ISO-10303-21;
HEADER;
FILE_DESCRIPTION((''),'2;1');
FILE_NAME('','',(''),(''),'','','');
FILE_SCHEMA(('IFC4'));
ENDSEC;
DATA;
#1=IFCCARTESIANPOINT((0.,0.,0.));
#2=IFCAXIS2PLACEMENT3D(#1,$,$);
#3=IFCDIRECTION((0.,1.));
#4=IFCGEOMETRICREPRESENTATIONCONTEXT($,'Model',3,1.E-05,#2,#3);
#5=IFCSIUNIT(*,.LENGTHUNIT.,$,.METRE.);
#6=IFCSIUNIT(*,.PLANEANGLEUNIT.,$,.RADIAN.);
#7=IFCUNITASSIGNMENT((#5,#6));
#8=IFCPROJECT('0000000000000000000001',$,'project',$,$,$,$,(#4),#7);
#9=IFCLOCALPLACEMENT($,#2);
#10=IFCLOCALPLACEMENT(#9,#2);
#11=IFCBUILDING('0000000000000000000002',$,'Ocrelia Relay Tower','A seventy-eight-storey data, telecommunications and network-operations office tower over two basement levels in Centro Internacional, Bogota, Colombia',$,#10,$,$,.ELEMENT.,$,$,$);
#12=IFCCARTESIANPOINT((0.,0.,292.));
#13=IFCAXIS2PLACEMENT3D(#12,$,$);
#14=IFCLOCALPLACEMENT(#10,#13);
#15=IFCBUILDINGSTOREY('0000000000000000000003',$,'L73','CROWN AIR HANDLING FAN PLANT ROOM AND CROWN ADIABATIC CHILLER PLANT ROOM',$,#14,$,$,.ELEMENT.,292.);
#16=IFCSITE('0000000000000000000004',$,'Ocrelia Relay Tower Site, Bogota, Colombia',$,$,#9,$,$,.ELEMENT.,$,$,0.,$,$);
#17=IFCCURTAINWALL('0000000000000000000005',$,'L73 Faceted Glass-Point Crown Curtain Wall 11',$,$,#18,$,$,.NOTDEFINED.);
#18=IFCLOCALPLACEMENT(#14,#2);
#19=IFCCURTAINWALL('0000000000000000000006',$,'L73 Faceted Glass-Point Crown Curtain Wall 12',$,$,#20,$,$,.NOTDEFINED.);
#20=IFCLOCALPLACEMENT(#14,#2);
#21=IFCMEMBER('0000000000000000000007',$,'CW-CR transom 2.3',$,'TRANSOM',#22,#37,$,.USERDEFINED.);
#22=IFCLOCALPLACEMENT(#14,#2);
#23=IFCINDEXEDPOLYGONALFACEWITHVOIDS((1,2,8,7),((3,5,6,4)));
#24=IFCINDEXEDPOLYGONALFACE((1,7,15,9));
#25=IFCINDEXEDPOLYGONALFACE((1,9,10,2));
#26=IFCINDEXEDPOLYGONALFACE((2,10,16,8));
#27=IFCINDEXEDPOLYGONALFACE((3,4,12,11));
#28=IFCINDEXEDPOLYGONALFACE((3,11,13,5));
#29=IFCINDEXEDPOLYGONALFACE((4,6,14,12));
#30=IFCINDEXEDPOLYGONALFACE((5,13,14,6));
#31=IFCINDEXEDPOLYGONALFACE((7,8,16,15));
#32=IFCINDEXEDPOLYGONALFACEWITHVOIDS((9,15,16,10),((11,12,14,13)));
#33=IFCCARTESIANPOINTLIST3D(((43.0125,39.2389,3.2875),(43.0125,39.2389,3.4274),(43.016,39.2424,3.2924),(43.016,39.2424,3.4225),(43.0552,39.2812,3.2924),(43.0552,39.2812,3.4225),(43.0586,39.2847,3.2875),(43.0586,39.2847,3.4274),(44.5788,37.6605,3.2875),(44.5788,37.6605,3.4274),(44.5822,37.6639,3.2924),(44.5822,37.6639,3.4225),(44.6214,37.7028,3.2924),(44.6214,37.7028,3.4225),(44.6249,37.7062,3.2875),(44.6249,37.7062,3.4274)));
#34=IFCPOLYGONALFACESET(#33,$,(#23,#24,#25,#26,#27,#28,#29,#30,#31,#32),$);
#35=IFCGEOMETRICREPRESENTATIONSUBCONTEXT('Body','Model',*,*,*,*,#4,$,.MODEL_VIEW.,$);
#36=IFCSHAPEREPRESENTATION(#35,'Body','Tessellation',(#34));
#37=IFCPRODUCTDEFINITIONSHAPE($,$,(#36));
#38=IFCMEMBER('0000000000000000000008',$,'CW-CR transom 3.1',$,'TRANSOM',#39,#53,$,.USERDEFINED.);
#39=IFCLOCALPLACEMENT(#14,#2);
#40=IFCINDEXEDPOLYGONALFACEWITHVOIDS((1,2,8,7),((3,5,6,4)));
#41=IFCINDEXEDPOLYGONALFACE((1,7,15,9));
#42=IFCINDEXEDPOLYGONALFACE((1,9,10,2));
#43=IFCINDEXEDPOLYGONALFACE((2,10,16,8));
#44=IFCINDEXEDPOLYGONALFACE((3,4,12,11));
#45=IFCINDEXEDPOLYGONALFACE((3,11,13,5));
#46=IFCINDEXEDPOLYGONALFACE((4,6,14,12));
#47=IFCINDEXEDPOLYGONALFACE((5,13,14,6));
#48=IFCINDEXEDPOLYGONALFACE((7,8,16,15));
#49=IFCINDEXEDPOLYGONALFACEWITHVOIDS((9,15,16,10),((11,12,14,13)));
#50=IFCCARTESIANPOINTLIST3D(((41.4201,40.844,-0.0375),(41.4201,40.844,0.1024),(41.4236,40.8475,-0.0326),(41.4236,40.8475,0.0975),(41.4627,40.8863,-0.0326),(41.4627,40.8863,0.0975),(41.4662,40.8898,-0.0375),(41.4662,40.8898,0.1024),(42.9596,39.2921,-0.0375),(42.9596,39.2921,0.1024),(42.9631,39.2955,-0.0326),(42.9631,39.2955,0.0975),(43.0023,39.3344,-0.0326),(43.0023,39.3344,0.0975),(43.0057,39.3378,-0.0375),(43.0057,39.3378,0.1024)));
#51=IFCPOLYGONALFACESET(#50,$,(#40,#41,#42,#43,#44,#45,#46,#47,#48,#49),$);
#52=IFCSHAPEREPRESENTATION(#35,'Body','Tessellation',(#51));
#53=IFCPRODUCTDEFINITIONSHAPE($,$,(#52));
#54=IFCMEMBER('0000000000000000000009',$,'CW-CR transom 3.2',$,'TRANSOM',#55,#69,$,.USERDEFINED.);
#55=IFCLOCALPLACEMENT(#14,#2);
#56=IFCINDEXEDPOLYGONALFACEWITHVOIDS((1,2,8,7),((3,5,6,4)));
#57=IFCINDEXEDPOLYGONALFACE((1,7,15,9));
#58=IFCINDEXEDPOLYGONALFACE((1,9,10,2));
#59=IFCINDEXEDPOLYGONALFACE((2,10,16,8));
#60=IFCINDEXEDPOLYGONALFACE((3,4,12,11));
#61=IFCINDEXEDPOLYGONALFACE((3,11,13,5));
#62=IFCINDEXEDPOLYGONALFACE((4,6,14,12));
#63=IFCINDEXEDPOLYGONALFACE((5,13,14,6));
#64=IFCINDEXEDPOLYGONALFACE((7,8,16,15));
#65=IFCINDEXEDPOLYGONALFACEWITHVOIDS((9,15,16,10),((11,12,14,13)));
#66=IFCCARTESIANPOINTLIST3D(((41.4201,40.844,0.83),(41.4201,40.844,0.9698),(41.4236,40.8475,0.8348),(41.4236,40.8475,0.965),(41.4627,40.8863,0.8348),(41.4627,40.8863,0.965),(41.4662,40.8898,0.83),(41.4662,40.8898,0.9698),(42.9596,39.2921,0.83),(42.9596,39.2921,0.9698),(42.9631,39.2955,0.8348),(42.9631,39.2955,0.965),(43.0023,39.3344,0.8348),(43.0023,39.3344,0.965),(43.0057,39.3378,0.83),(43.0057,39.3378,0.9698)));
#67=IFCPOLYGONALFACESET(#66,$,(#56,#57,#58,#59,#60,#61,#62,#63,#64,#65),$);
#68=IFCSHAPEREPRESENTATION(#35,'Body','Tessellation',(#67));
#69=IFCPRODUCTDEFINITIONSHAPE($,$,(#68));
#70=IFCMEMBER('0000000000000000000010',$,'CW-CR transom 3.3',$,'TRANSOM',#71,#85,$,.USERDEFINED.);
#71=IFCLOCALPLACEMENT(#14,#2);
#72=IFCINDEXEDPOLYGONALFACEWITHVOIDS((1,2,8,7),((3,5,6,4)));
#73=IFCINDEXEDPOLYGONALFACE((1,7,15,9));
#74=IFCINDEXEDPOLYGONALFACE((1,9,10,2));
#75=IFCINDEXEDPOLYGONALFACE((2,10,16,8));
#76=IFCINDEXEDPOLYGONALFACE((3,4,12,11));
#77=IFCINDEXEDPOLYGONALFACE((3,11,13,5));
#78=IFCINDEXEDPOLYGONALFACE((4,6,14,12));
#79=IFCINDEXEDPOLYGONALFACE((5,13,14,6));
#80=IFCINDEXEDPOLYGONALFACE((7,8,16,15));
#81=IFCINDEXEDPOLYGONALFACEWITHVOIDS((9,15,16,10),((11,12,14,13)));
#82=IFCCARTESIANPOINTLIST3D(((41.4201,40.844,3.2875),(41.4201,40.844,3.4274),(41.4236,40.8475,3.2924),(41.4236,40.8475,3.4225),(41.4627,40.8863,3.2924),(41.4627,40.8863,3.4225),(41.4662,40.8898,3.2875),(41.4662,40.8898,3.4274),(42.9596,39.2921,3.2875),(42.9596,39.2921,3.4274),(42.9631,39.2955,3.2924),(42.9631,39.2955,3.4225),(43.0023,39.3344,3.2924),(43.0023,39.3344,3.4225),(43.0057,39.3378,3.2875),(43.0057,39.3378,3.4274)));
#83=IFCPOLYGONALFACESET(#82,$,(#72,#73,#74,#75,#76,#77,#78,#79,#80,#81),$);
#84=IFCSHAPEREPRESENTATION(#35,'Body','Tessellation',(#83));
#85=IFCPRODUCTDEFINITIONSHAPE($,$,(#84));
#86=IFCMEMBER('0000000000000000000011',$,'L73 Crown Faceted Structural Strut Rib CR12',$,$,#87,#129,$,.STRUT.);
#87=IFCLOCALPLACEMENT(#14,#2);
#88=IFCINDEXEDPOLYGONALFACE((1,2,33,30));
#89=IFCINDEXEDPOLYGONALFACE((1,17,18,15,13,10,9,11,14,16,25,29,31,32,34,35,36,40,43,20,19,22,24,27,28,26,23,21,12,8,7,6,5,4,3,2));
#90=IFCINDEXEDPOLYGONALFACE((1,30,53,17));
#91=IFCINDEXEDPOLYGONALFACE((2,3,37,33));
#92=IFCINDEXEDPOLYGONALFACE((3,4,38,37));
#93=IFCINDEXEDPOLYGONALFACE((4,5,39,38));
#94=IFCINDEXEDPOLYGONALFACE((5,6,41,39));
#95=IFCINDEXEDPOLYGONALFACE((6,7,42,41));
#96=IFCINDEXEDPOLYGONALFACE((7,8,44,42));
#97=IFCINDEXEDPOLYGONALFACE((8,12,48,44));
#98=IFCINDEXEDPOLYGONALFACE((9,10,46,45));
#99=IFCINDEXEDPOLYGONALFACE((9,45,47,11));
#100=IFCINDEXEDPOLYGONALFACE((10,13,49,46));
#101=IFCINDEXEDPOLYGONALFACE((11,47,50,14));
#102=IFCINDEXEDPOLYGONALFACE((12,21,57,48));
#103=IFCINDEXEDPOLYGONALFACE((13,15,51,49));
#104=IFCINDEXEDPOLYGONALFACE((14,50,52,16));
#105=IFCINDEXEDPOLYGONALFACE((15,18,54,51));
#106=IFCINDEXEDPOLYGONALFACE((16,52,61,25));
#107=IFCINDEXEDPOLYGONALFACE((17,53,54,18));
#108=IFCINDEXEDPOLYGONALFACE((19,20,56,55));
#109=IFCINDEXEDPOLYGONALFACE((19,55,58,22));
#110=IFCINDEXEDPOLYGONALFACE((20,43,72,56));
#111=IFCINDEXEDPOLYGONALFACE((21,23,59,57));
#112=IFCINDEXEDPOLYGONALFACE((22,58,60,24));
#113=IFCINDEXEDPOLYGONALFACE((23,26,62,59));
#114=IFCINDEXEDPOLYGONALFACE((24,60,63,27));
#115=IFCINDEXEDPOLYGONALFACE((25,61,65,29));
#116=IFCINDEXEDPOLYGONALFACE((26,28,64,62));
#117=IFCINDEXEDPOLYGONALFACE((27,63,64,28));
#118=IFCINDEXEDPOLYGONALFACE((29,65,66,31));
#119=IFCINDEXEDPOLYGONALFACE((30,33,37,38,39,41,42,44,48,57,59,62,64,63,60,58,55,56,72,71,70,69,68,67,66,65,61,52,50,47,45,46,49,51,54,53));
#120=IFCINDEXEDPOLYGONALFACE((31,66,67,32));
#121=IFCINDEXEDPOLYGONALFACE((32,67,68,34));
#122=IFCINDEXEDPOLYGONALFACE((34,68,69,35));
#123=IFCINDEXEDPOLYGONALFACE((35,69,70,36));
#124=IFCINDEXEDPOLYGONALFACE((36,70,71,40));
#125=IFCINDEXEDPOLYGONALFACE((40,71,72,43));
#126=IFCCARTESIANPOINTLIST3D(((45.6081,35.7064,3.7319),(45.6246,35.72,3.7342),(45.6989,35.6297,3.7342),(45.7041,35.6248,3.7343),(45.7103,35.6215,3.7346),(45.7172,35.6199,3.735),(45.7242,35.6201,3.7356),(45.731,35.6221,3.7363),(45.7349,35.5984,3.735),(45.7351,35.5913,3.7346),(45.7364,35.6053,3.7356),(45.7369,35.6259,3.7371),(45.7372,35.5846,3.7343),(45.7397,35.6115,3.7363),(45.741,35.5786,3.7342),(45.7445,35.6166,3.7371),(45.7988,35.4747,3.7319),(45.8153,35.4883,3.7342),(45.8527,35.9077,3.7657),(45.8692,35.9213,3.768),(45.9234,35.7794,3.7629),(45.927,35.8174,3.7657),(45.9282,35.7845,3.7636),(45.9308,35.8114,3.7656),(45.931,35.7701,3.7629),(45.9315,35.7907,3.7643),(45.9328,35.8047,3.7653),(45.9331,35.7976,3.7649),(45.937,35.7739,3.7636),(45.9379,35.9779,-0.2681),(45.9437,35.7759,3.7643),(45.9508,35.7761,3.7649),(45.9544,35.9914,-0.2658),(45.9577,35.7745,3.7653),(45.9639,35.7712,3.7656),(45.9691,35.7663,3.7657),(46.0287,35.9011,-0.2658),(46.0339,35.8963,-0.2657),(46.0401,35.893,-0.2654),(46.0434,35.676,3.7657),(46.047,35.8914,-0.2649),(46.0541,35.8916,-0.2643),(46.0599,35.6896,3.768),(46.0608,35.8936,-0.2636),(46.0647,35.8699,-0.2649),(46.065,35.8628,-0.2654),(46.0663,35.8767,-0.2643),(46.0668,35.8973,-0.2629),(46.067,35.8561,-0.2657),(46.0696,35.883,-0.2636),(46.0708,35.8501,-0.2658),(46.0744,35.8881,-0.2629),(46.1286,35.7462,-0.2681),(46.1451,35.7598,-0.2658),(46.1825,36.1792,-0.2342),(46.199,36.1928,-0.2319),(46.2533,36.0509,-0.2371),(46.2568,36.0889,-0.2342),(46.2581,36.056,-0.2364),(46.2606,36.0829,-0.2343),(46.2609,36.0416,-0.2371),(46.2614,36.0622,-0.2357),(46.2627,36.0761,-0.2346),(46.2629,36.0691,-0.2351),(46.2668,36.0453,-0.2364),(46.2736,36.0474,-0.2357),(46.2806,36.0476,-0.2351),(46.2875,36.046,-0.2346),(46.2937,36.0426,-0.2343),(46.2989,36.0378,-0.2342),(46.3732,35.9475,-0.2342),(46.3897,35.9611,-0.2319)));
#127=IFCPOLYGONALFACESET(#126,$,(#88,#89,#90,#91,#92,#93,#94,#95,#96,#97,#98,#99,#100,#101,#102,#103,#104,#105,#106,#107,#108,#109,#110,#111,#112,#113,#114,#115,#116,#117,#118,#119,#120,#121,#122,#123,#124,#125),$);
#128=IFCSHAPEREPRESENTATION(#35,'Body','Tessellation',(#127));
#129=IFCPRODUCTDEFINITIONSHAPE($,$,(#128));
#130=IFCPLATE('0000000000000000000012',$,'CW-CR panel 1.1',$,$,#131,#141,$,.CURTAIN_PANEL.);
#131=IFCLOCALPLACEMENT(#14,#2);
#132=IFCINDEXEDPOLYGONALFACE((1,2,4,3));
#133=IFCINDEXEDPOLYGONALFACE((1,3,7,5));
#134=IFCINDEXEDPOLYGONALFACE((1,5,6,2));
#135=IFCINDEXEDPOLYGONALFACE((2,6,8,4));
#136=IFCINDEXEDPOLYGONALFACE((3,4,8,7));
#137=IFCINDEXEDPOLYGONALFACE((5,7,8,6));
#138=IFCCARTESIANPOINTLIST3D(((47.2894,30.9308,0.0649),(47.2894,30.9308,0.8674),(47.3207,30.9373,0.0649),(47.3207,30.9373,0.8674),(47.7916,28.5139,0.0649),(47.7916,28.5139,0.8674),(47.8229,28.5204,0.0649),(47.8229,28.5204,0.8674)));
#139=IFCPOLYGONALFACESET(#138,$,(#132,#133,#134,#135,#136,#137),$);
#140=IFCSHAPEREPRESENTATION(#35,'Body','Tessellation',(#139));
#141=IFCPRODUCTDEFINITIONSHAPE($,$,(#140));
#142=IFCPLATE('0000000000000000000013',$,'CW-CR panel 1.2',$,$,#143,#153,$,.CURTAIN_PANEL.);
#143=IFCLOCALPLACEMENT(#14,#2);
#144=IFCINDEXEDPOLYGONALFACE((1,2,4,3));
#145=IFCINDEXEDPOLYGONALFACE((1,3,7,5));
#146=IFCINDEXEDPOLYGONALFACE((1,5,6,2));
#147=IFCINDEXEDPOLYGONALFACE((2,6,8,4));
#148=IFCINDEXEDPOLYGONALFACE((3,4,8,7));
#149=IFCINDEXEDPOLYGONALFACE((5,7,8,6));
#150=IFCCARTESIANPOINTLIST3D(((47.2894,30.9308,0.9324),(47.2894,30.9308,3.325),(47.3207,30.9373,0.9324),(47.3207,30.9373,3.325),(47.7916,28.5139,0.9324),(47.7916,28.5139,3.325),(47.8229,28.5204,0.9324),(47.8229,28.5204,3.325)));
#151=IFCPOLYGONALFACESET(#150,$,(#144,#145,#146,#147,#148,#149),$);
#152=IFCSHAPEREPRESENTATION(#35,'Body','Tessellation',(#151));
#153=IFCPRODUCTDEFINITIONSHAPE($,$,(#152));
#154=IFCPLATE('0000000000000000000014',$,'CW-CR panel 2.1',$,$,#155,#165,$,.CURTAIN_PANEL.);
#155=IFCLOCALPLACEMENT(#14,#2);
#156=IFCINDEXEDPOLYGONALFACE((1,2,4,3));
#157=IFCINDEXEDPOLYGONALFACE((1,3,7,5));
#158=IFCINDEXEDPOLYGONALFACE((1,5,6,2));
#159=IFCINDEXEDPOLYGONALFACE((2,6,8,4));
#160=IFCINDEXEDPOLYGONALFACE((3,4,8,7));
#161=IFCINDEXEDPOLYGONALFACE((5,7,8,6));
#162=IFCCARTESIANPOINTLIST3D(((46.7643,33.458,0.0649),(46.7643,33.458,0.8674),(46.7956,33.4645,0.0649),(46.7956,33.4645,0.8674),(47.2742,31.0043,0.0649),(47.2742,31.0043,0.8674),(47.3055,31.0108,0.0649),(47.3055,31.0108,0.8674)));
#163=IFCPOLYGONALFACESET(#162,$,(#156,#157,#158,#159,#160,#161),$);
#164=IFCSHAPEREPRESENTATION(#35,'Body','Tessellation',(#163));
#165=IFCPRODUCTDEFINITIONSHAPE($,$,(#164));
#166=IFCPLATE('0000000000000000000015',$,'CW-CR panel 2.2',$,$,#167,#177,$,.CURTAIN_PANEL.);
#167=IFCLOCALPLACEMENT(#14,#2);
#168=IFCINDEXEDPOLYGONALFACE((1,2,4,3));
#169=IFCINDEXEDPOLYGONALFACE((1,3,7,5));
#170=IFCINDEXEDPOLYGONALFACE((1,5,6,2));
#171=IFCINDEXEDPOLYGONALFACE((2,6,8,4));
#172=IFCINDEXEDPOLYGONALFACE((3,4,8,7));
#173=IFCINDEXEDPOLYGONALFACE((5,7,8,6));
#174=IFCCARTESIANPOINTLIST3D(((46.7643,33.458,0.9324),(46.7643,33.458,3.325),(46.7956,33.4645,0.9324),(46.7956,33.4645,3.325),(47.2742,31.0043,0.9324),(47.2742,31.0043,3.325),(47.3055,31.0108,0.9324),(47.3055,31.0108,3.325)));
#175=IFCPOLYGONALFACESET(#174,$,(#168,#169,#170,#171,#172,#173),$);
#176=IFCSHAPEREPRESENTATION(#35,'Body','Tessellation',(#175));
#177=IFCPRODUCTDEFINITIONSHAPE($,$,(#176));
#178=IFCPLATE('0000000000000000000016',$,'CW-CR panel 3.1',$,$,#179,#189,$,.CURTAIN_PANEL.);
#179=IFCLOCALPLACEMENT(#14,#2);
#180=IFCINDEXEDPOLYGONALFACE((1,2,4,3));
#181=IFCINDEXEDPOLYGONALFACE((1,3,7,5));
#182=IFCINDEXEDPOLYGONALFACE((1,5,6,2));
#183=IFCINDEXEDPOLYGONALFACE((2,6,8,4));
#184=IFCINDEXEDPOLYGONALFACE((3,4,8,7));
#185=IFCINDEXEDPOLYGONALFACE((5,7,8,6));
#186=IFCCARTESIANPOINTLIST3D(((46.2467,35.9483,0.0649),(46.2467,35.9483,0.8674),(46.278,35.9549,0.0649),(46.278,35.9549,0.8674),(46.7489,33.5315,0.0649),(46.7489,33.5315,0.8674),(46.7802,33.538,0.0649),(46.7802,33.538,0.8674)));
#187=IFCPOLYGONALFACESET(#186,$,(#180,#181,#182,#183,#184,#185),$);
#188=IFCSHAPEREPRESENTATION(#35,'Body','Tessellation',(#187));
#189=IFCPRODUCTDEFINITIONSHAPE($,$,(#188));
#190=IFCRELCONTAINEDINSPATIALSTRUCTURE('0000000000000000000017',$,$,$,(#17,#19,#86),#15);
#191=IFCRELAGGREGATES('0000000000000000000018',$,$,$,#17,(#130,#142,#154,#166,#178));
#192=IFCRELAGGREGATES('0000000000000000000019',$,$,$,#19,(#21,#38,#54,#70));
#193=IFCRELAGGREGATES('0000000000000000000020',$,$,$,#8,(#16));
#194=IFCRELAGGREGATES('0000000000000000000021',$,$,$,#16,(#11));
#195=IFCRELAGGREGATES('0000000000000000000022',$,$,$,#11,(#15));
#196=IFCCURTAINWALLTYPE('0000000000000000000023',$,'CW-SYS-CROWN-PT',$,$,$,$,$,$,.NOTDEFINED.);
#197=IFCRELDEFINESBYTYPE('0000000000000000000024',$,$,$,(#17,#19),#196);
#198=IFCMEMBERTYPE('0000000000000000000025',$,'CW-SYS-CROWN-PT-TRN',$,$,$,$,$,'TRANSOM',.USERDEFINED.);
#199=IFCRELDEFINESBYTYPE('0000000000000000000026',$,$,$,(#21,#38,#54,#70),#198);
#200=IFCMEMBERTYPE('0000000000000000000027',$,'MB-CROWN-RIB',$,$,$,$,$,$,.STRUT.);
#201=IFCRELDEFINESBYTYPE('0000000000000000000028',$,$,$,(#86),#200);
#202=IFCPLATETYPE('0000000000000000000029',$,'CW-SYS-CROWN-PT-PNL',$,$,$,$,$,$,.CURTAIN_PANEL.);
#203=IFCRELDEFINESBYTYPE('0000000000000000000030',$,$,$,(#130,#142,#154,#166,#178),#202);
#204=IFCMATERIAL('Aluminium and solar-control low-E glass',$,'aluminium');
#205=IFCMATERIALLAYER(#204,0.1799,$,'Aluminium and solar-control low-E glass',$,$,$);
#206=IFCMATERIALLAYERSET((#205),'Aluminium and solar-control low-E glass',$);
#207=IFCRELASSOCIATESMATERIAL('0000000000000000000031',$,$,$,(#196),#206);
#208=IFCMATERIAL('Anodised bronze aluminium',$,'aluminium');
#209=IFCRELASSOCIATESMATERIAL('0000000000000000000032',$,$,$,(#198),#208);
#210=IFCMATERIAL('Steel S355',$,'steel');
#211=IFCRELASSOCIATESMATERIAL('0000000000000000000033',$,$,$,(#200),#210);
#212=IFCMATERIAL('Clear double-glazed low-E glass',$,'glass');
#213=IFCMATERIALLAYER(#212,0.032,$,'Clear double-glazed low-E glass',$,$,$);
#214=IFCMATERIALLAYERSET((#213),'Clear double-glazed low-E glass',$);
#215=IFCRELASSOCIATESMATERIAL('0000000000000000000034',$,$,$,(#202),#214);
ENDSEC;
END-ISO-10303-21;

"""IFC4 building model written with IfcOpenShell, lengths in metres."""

from ifc_helpers import new_model, si_unit, direction, frame, origin, origin_2d, place, context, subcontext, project, spatial, rectangle, hollow_rectangle, i_section, extrude, material, layer, layer_set, material_profile, profile_set, type_object, element, aggregate, save


model = new_model("IFC4")

# Units and contexts
model_context = context("Model", 3, precision=1e-05, world=origin(), true_north=direction((0.0, 1.0)))
body_context = subcontext(model_context, "Body", "Model", "MODEL_VIEW")
ifc_project = project(units=[si_unit("LENGTHUNIT", "METRE"), si_unit("PLANEANGLEUNIT", "RADIAN")], contexts=[model_context])

# Site, building, storey
site_placement = place(None, origin())
site = spatial("IfcSite", under=ifc_project, at=site_placement, Name="Ocrelia Relay Tower Site, Bogota, Colombia", CompositionType="ELEMENT", RefElevation=0.0)
building_placement = place(site_placement, origin())
building = spatial("IfcBuilding", under=site, at=building_placement, Name="Ocrelia Relay Tower", Description="A seventy-eight-storey data, telecommunications and network-operations office tower over two basement levels in Centro Internacional, Bogota, Colombia", CompositionType="ELEMENT")
storey_placement = place(building_placement, frame((0.0, 0.0, 292.0)))
storey = spatial("IfcBuildingStorey", under=building, at=storey_placement, Name="L73", Description="CROWN AIR HANDLING FAN PLANT ROOM AND CROWN ADIABATIC CHILLER PLANT ROOM", CompositionType="ELEMENT", Elevation=292.0)

# Shared definitions
ifc_material_1 = material(Name="Steel S355", Category="steel")

# Curtain walls
ifc_material_2 = material(Name="Aluminium and solar-control low-E glass", Category="aluminium")
ifc_layer_1 = layer(ifc_material_2, 0.1799, Name="Aluminium and solar-control low-E glass")
ifc_layer_set_1 = layer_set([ifc_layer_1], Name="Aluminium and solar-control low-E glass")
curtain_wall_type = type_object("IfcCurtainWallType", Name="CW-SYS-CROWN-PT", PredefinedType="NOTDEFINED", material=ifc_layer_set_1)
curtain_wall_1_placement = place(storey_placement, origin())
curtain_wall_1 = element("IfcCurtainWall", 1, at=curtain_wall_1_placement, inside=storey, type_object=curtain_wall_type, Name="L73 Faceted Glass-Point Crown Curtain Wall 11", PredefinedType="NOTDEFINED")
ifc_material_3 = material(Name="Anodised bronze aluminium", Category="aluminium")
curtain_wall_2_placement = place(storey_placement, origin())
curtain_wall_2 = element("IfcCurtainWall", 2, at=curtain_wall_2_placement, inside=storey, type_object=curtain_wall_type, Name="L73 Faceted Glass-Point Crown Curtain Wall 12", PredefinedType="NOTDEFINED")

# Members
ifc_material_profile_1 = material_profile(ifc_material_3, hollow_rectangle(XDim=0.0649, YDim=0.1399, WallThickness=0.0049, at=origin_2d()), Name="CW-TRN-140x65")
ifc_profile_set_1 = profile_set([ifc_material_profile_1], Name="Anodised bronze aluminium")
member_type_1 = type_object("IfcMemberType", Name="CW-SYS-CROWN-PT-TRN", ElementType="TRANSOM", PredefinedType="USERDEFINED", material=ifc_profile_set_1)
member_1_placement = place(storey_placement, frame((44.6018, 37.6833, 3.3574), z_axis=(-0.704356, 0.709846, 0.0), x_axis=(-0.709846, -0.704356, 0.0)))
member_1 = element("IfcMember", 3, at=member_1_placement, type_object=member_type_1, Name="CW-CR transom 2.3", ObjectType="TRANSOM", PredefinedType="USERDEFINED", context=body_context, shape_type="SweptSolid", body=[
    extrude(hollow_rectangle(XDim=0.0649, YDim=0.1399, WallThickness=0.0049, at=origin_2d()), origin(), (0.0, 0.0, 1.0), 2.2236),
])
member_2_placement = place(storey_placement, frame((42.9827, 39.3149, 0.0325), z_axis=(-0.704253, 0.709949, 0.0), x_axis=(-0.709949, -0.704253, 0.0)))
member_2 = element("IfcMember", 4, at=member_2_placement, type_object=member_type_1, Name="CW-CR transom 3.1", ObjectType="TRANSOM", PredefinedType="USERDEFINED", context=body_context, shape_type="SweptSolid", body=[
    extrude(hollow_rectangle(XDim=0.0649, YDim=0.1399, WallThickness=0.0049, at=origin_2d()), origin(), (0.0, 0.0, 1.0), 2.186),
])
member_3_placement = place(storey_placement, frame((42.9827, 39.3149, 0.8999), z_axis=(-0.704253, 0.709949, 0.0), x_axis=(-0.709949, -0.704253, 0.0)))
member_3 = element("IfcMember", 5, at=member_3_placement, type_object=member_type_1, Name="CW-CR transom 3.2", ObjectType="TRANSOM", PredefinedType="USERDEFINED", context=body_context, shape_type="SweptSolid", body=[
    extrude(hollow_rectangle(XDim=0.0649, YDim=0.1399, WallThickness=0.0049, at=origin_2d()), origin(), (0.0, 0.0, 1.0), 2.186),
])
member_4_placement = place(storey_placement, frame((42.9827, 39.3149, 3.3574), z_axis=(-0.704253, 0.709949, 0.0), x_axis=(-0.709949, -0.704253, 0.0)))
member_4 = element("IfcMember", 6, at=member_4_placement, type_object=member_type_1, Name="CW-CR transom 3.3", ObjectType="TRANSOM", PredefinedType="USERDEFINED", context=body_context, shape_type="SweptSolid", body=[
    extrude(hollow_rectangle(XDim=0.0649, YDim=0.1399, WallThickness=0.0049, at=origin_2d()), origin(), (0.0, 0.0, 1.0), 2.186),
])
ifc_material_profile_2 = material_profile(ifc_material_1, i_section(OverallWidth=0.3, OverallDepth=0.3401, WebThickness=0.012, FlangeThickness=0.0215, FilletRadius=0.0271, at=origin_2d()), Name="HEB 340")
ifc_profile_set_2 = profile_set([ifc_material_profile_2], Name="Steel S355")
member_type_2 = type_object("IfcMemberType", Name="MB-CROWN-RIB", PredefinedType="STRUT", material=ifc_profile_set_2)
member_5_placement = place(storey_placement, frame((46.1638, 35.9695, -0.25), z_axis=(-0.081992, -0.067487, 0.994345), x_axis=(0.635507, -0.772095, 0.0)))
element("IfcMember", 7, at=member_5_placement, inside=storey, type_object=member_type_2, Name="L73 Crown Faceted Structural Strut Rib CR12", PredefinedType="STRUT", context=body_context, shape_type="SweptSolid", body=[
    extrude(i_section(OverallWidth=0.3, OverallDepth=0.3401, WebThickness=0.012, FlangeThickness=0.0215, FilletRadius=0.0271, at=origin_2d()), origin(), (0.0, 0.0, 1.0), 4.0227),
])

# Plates
ifc_material_4 = material(Name="Clear double-glazed low-E glass", Category="glass")
ifc_layer_2 = layer(ifc_material_4, 0.032, Name="Clear double-glazed low-E glass")
ifc_layer_set_2 = layer_set([ifc_layer_2], Name="Clear double-glazed low-E glass")
plate_type = type_object("IfcPlateType", Name="CW-SYS-CROWN-PT-PNL", PredefinedType="CURTAIN_PANEL", material=ifc_layer_set_2)
plate_1_placement = place(storey_placement, frame((47.5562, 29.7256, 0.0649), z_axis=(0.0, 0.0, 1.0), x_axis=(-0.203457, 0.979084, 0.0)))
plate_1 = element("IfcPlate", 8, at=plate_1_placement, type_object=plate_type, Name="CW-CR panel 1.1", PredefinedType="CURTAIN_PANEL", context=body_context, shape_type="SweptSolid", body=[
    extrude(rectangle(XDim=2.4685, YDim=0.032, at=origin_2d()), origin(), (0.0, 0.0, 1.0), 0.8025),
])
plate_2_placement = place(storey_placement, frame((47.5562, 29.7256, 0.9324), z_axis=(0.0, 0.0, 1.0), x_axis=(-0.203457, 0.979084, 0.0)))
plate_2 = element("IfcPlate", 9, at=plate_2_placement, type_object=plate_type, Name="CW-CR panel 1.2", PredefinedType="CURTAIN_PANEL", context=body_context, shape_type="SweptSolid", body=[
    extrude(rectangle(XDim=2.4685, YDim=0.032, at=origin_2d()), origin(), (0.0, 0.0, 1.0), 2.3926),
])
plate_3_placement = place(storey_placement, frame((47.0349, 32.2344, 0.0649), z_axis=(0.0, 0.0, 1.0), x_axis=(-0.203457, 0.979084, 0.0)))
plate_3 = element("IfcPlate", 10, at=plate_3_placement, type_object=plate_type, Name="CW-CR panel 2.1", PredefinedType="CURTAIN_PANEL", context=body_context, shape_type="SweptSolid", body=[
    extrude(rectangle(XDim=2.5061, YDim=0.032, at=origin_2d()), origin(), (0.0, 0.0, 1.0), 0.8025),
])
plate_4_placement = place(storey_placement, frame((47.0349, 32.2344, 0.9324), z_axis=(0.0, 0.0, 1.0), x_axis=(-0.203457, 0.979084, 0.0)))
plate_4 = element("IfcPlate", 11, at=plate_4_placement, type_object=plate_type, Name="CW-CR panel 2.2", PredefinedType="CURTAIN_PANEL", context=body_context, shape_type="SweptSolid", body=[
    extrude(rectangle(XDim=2.5061, YDim=0.032, at=origin_2d()), origin(), (0.0, 0.0, 1.0), 2.3926),
])
plate_5_placement = place(storey_placement, frame((46.5134, 34.7432, 0.0649), z_axis=(0.0, 0.0, 1.0), x_axis=(-0.203457, 0.979084, 0.0)))
plate_5 = element("IfcPlate", 12, at=plate_5_placement, type_object=plate_type, Name="CW-CR panel 3.1", PredefinedType="CURTAIN_PANEL", context=body_context, shape_type="SweptSolid", body=[
    extrude(rectangle(XDim=2.4685, YDim=0.032, at=origin_2d()), origin(), (0.0, 0.0, 1.0), 0.8025),
])
aggregate(curtain_wall_1, [plate_1, plate_2, plate_3, plate_4, plate_5])
aggregate(curtain_wall_2, [member_1, member_2, member_3, member_4])

save(model, "model.ifc")
